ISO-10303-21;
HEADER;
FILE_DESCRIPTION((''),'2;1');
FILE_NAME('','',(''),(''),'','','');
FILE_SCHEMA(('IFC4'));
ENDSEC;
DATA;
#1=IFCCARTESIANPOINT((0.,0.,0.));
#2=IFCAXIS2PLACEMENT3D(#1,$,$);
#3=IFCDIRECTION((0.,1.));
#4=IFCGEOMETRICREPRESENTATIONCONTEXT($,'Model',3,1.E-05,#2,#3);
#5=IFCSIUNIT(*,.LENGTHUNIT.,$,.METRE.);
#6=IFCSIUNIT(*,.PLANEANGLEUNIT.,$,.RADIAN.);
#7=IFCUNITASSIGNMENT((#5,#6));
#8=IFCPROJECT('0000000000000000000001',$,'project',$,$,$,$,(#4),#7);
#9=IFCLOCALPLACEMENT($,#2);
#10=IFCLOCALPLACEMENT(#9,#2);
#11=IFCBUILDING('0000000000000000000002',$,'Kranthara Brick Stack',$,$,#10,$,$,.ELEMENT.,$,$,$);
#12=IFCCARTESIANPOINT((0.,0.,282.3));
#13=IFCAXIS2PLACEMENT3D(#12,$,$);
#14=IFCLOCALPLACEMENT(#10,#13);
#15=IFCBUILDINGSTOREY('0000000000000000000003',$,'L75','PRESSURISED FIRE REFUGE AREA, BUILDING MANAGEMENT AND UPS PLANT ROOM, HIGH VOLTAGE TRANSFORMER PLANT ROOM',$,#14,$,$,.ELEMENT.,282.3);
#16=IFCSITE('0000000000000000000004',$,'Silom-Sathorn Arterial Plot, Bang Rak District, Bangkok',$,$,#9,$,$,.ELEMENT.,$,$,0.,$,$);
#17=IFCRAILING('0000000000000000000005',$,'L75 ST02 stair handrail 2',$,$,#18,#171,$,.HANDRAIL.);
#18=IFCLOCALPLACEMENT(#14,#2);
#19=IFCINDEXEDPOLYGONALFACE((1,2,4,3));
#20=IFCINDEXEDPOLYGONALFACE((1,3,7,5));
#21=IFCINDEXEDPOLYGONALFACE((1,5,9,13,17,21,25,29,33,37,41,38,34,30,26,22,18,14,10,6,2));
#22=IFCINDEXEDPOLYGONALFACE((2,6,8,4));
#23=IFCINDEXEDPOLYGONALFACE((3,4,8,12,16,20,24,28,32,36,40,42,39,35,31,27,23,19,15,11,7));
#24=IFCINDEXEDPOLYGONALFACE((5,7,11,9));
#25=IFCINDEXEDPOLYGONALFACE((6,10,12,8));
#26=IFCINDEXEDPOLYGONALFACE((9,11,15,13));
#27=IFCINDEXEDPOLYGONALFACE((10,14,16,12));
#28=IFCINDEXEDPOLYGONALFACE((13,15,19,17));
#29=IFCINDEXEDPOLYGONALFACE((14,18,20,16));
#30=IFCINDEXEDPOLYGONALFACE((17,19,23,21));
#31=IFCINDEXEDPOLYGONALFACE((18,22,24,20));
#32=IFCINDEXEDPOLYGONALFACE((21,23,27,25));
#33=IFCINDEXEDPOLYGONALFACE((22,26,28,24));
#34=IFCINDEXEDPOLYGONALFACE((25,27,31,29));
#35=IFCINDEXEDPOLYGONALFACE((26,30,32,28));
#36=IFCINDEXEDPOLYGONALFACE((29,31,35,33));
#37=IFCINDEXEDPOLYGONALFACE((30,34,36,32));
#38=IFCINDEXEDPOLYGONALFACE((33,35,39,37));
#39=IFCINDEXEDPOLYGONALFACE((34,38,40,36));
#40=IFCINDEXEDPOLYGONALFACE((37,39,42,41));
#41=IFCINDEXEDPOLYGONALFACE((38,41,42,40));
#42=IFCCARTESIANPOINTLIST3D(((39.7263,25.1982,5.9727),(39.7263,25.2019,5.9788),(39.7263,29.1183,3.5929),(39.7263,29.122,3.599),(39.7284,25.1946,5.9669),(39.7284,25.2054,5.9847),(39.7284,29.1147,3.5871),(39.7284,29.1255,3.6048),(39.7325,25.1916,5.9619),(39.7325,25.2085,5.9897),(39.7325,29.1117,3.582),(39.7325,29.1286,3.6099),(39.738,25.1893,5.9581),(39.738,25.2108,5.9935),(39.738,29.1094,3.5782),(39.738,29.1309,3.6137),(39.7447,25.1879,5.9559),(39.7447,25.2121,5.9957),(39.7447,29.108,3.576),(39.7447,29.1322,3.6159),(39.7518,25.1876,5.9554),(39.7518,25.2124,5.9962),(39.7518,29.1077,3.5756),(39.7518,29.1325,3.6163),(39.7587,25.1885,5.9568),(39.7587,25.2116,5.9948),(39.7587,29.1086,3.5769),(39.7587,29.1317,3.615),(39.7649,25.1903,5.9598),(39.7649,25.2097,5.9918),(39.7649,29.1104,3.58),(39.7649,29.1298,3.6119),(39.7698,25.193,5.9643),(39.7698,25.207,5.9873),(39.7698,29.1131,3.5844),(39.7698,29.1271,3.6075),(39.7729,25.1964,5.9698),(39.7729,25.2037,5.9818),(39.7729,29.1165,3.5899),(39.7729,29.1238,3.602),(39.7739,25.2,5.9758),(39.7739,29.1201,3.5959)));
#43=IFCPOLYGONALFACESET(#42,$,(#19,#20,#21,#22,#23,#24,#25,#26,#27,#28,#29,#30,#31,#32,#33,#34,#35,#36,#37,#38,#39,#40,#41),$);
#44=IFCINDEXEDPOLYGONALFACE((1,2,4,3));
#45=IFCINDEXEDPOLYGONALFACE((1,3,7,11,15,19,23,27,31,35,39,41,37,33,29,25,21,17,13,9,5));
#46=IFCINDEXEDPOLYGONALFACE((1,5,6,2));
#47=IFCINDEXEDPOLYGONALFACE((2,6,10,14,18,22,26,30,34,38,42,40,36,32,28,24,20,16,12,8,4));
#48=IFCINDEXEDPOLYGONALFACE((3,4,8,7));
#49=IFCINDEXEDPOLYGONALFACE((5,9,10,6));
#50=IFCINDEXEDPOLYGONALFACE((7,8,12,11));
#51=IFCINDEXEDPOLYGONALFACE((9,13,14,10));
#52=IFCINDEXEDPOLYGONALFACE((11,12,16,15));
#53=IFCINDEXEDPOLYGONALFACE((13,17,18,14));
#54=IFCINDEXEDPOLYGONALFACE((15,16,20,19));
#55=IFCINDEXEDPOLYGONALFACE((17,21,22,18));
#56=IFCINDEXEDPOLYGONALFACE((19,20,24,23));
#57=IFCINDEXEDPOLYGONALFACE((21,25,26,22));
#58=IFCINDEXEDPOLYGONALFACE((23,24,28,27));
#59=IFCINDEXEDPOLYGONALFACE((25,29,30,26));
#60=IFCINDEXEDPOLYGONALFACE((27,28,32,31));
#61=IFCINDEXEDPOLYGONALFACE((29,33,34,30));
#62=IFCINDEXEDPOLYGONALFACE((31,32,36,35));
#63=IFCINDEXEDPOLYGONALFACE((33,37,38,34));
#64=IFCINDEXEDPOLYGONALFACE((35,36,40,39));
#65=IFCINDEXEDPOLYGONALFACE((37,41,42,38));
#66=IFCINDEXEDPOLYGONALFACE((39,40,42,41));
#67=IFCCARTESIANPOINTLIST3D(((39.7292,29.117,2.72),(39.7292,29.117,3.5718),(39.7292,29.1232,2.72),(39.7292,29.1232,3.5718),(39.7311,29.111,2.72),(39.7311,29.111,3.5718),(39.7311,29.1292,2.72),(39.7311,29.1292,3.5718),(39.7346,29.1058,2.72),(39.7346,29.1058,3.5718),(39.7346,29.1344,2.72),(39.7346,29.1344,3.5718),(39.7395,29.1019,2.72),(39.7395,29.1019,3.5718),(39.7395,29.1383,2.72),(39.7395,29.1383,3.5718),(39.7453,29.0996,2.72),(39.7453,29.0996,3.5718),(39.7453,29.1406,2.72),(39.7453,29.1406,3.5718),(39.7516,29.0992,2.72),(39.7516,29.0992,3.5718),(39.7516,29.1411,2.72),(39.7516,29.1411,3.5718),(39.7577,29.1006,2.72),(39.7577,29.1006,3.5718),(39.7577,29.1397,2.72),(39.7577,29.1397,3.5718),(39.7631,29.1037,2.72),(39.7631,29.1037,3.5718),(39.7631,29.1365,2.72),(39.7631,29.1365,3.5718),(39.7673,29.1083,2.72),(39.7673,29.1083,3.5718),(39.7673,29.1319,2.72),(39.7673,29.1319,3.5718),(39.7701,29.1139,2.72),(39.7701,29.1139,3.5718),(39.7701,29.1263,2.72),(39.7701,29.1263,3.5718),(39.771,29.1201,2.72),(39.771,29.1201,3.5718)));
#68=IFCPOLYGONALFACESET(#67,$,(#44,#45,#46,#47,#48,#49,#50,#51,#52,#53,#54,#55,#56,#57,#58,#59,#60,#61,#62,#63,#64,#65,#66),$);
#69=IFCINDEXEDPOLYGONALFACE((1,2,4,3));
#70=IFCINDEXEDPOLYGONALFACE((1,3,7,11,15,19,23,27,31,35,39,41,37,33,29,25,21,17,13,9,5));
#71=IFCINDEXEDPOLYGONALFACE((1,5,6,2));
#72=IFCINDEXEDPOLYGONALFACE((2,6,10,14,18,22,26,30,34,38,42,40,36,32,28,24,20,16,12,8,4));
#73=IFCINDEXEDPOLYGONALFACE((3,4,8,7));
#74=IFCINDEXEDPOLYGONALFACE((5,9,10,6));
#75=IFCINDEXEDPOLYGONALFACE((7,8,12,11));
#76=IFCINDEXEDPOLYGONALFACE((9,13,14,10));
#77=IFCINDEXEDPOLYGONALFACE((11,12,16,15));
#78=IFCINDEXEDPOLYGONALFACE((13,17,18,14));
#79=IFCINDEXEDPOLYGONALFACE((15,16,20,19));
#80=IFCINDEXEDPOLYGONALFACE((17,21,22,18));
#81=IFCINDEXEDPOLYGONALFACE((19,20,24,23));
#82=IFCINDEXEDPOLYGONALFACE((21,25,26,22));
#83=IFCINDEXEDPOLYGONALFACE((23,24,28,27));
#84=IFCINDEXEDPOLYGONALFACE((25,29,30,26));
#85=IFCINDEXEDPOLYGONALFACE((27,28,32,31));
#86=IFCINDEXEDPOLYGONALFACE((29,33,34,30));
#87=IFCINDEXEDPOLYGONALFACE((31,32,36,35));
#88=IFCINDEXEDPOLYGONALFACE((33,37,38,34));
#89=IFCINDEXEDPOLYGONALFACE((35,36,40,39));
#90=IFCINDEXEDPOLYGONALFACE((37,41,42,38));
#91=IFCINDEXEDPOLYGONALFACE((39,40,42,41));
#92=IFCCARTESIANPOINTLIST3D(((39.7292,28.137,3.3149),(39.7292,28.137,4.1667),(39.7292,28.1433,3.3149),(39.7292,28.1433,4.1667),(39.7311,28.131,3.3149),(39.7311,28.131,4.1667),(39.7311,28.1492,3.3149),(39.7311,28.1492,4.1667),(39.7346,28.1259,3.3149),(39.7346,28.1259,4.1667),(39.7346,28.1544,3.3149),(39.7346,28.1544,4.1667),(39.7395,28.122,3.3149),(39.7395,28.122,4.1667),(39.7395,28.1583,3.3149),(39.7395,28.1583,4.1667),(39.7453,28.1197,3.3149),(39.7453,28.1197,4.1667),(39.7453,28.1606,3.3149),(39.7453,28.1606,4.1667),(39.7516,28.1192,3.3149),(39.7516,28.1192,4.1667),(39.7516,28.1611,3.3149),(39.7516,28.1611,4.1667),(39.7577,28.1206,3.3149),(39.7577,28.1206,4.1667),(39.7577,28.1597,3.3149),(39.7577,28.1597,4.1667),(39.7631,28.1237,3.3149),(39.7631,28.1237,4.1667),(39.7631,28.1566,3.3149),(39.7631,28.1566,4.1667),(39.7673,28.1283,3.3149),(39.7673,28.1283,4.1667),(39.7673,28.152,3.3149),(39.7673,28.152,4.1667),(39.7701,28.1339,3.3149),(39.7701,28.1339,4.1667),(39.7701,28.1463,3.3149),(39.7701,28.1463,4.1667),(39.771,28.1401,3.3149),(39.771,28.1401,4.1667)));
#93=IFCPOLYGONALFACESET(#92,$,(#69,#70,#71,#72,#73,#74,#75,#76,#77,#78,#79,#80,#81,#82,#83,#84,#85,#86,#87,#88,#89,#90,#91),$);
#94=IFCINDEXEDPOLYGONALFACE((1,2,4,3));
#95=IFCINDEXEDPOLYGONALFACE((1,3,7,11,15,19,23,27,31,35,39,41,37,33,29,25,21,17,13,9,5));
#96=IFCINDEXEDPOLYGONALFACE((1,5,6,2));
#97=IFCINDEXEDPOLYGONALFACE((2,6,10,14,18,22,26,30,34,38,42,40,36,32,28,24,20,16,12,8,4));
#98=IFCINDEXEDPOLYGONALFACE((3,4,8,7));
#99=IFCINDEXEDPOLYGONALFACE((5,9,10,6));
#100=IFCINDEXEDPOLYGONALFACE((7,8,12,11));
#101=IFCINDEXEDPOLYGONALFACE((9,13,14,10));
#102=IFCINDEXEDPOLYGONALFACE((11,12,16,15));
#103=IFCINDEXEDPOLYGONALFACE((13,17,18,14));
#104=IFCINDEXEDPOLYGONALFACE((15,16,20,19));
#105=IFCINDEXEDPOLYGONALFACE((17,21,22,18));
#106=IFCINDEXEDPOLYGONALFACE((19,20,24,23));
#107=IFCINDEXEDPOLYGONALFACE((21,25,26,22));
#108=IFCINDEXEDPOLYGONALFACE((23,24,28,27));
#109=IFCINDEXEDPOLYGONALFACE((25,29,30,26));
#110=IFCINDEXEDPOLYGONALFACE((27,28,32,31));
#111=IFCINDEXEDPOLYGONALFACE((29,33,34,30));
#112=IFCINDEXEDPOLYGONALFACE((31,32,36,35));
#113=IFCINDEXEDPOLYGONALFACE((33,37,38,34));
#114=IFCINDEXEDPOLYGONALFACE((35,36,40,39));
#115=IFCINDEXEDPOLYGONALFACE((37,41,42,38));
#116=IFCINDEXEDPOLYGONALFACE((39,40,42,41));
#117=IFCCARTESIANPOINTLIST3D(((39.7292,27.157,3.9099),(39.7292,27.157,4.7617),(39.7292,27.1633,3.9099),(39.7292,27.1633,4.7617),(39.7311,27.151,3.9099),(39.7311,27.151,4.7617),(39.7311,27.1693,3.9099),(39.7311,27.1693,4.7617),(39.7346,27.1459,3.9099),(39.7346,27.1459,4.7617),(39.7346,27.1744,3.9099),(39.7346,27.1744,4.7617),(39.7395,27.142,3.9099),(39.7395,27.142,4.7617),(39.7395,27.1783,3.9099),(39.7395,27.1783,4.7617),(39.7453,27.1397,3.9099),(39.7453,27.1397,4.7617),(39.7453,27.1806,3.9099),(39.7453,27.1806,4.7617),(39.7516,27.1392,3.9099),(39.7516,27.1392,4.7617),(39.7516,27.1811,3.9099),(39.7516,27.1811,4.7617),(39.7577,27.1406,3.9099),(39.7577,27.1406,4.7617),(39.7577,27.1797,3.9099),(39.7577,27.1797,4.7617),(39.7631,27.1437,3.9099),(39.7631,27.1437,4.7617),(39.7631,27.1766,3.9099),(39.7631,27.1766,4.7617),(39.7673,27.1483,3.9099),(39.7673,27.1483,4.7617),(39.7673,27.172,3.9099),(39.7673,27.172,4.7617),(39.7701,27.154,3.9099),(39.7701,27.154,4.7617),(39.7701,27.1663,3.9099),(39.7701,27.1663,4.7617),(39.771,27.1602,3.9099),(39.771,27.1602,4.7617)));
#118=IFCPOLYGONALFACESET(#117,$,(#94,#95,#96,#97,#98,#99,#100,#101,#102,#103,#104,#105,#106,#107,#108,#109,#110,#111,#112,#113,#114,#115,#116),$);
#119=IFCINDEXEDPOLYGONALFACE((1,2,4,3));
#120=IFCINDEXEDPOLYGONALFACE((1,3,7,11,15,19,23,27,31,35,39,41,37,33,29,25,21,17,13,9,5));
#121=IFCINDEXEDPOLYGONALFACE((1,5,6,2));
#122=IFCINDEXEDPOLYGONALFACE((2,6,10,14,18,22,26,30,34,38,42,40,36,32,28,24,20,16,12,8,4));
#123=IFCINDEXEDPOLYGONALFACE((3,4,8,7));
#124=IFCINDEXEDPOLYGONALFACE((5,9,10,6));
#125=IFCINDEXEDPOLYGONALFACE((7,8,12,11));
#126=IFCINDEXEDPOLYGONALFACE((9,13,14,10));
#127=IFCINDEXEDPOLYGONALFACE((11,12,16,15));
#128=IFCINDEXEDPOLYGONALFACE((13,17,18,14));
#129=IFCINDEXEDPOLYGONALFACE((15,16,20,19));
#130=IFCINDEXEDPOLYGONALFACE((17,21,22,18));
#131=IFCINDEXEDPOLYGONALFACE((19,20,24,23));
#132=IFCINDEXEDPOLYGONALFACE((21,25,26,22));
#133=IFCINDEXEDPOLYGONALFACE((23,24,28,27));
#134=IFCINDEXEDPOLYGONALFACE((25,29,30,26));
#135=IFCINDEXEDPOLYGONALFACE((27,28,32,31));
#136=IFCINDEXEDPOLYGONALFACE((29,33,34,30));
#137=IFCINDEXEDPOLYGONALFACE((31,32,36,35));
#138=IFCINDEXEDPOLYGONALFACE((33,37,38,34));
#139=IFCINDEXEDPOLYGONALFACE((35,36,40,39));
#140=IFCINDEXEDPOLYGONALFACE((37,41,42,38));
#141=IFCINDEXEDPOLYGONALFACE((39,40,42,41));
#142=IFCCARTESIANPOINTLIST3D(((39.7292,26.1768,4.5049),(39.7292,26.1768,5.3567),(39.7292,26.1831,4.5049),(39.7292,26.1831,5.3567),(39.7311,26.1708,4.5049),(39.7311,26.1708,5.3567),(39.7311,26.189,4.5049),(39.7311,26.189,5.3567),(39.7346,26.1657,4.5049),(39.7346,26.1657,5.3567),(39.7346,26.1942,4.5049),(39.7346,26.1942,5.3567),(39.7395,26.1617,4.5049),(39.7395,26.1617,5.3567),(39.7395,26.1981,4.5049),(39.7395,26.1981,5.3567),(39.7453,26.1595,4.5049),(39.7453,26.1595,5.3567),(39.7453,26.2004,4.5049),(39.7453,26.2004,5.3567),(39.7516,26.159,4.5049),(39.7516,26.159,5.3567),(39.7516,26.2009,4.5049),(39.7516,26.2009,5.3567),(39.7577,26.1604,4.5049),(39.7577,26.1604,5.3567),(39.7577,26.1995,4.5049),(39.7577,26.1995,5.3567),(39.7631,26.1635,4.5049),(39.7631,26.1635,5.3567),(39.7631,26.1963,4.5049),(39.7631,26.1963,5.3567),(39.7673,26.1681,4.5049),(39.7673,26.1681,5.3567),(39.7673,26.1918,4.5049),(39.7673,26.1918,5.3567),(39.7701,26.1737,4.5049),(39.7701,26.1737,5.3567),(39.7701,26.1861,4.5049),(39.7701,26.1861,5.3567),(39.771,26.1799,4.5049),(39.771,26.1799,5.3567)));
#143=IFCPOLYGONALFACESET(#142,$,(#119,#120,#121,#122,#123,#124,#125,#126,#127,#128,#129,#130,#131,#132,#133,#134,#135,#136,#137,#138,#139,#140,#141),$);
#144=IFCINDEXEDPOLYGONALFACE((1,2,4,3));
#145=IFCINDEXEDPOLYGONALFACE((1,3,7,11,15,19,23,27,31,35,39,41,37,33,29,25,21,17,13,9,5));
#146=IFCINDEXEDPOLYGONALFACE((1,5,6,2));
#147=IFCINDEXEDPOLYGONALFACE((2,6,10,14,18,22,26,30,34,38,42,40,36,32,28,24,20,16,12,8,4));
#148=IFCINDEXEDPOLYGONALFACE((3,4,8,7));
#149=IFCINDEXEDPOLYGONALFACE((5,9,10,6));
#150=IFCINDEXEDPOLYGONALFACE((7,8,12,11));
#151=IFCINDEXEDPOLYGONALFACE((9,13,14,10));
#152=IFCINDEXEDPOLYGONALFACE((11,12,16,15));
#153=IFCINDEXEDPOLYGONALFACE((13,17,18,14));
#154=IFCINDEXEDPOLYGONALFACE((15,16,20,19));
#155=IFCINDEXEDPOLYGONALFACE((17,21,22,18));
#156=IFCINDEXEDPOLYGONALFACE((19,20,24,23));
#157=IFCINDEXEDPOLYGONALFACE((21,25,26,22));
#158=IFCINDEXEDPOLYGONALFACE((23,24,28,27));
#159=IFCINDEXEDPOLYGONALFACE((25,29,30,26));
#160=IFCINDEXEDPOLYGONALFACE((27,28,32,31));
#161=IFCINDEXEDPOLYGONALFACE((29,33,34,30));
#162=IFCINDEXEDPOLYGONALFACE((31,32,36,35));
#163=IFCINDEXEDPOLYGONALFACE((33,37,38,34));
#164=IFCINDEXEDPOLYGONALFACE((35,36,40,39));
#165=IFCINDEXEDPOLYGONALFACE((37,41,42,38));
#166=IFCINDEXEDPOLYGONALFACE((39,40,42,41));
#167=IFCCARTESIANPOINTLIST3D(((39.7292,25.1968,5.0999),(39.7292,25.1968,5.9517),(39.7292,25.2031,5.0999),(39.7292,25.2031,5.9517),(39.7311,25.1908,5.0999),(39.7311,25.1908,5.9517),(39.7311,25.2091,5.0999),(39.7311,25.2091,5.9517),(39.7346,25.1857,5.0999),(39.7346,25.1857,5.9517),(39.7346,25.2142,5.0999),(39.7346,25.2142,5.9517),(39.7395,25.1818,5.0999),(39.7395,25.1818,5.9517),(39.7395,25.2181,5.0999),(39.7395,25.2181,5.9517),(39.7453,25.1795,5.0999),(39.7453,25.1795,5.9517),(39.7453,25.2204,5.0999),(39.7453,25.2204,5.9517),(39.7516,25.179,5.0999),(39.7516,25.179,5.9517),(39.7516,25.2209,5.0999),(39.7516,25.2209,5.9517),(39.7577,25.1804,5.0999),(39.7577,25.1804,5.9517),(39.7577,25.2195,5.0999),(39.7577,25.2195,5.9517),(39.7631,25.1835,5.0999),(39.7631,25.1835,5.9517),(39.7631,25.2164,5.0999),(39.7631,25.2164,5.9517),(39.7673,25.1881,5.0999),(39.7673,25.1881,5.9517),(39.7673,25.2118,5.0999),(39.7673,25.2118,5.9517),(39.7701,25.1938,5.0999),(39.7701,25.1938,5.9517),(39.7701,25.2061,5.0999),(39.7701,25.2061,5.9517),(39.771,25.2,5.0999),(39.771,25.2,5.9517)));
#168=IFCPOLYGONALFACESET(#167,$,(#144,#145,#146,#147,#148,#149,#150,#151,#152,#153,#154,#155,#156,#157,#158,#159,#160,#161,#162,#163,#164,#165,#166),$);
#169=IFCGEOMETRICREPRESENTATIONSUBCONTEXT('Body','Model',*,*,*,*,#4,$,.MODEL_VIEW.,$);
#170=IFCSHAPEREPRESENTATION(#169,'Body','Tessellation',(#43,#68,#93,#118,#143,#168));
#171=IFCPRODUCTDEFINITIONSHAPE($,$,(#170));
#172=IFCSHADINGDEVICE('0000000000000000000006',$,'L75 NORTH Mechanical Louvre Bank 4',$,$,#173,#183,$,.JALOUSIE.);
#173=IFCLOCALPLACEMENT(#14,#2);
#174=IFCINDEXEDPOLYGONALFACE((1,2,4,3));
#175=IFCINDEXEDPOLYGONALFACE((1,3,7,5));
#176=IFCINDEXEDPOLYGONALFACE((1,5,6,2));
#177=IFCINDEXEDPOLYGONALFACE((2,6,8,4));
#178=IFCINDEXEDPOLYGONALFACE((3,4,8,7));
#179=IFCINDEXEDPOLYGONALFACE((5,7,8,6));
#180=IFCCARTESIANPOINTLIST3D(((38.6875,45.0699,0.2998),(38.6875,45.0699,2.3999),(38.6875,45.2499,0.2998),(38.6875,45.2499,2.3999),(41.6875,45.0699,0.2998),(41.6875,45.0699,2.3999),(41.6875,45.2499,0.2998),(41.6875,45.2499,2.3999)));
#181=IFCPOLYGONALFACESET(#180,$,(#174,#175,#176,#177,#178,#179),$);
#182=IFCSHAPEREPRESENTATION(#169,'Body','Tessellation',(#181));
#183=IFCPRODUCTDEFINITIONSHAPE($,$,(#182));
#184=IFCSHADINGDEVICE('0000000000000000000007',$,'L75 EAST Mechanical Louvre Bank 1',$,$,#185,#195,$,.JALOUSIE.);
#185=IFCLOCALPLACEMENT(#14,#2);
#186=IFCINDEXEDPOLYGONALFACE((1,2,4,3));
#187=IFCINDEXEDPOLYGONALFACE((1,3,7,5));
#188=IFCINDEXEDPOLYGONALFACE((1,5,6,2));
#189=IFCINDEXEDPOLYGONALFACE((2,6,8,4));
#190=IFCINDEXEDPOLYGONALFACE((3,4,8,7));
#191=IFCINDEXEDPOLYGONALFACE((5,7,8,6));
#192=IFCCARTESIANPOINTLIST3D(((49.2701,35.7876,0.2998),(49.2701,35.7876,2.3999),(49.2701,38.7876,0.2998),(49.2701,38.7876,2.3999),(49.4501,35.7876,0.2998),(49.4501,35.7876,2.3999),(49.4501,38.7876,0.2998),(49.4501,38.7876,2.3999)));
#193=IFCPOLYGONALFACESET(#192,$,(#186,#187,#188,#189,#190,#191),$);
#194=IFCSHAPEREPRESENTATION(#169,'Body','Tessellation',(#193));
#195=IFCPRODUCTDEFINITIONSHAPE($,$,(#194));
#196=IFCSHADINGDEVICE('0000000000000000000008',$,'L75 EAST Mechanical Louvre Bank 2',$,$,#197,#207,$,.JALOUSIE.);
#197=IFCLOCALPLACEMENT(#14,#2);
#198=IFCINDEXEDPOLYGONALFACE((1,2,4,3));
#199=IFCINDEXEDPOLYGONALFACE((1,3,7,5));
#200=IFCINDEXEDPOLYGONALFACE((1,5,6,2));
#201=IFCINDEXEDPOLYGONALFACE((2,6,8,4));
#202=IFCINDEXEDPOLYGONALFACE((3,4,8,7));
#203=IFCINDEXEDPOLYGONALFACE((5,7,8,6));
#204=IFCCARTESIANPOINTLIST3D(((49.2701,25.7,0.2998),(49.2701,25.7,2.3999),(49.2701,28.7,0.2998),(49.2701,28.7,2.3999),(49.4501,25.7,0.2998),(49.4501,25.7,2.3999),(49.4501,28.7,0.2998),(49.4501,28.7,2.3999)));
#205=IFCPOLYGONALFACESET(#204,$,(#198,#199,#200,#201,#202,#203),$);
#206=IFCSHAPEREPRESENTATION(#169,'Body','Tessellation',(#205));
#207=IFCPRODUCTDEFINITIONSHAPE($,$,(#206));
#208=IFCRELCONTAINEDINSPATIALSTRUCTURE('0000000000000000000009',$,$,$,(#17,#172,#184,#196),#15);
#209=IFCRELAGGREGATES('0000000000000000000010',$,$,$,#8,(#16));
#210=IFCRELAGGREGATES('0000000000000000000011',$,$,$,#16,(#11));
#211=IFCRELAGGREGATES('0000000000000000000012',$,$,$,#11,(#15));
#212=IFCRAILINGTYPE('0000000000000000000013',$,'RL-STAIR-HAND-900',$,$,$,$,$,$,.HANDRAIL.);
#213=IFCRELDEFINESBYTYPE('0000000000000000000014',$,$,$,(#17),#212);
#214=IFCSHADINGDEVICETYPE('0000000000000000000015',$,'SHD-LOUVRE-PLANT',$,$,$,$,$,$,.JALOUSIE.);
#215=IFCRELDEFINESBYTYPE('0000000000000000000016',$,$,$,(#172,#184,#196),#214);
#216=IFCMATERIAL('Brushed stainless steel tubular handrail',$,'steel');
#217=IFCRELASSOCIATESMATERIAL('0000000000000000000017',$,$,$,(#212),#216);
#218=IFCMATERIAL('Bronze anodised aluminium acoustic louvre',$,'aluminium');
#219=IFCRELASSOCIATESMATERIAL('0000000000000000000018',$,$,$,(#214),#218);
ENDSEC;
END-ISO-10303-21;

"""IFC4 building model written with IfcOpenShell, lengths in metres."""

from ifc_helpers import new_model, si_unit, direction, frame, origin, origin_2d, place, context, subcontext, project, spatial, rectangle, circle, extrude, material, type_object, element, save


model = new_model("IFC4")

# Units and contexts
model_context = context("Model", 3, precision=1e-05, world=origin(), true_north=direction((0.0, 1.0)))
body_context = subcontext(model_context, "Body", "Model", "MODEL_VIEW")
ifc_project = project(units=[si_unit("LENGTHUNIT", "METRE"), si_unit("PLANEANGLEUNIT", "RADIAN")], contexts=[model_context])

# Site, building, storey
site_placement = place(None, origin())
site = spatial("IfcSite", under=ifc_project, at=site_placement, Name="Silom-Sathorn Arterial Plot, Bang Rak District, Bangkok", CompositionType="ELEMENT", RefElevation=0.0)
building_placement = place(site_placement, origin())
building = spatial("IfcBuilding", under=site, at=building_placement, Name="Kranthara Brick Stack", CompositionType="ELEMENT")
storey_placement = place(building_placement, frame((0.0, 0.0, 282.3)))
storey = spatial("IfcBuildingStorey", under=building, at=storey_placement, Name="L75", Description="PRESSURISED FIRE REFUGE AREA, BUILDING MANAGEMENT AND UPS PLANT ROOM, HIGH VOLTAGE TRANSFORMER PLANT ROOM", CompositionType="ELEMENT", Elevation=282.3)

# Railing
ifc_material_1 = material(Name="Brushed stainless steel tubular handrail", Category="steel")
railing_type_1 = type_object("IfcRailingType", Name="RL-STAIR-HAND-900", PredefinedType="HANDRAIL", material=ifc_material_1)
railing_1_placement = place(storey_placement, frame((39.75, 29.1201, 2.72)))
element("IfcRailing", 1, at=railing_1_placement, inside=storey, type_object=railing_type_1, Name="L75 ST02 stair handrail 2", PredefinedType="HANDRAIL", context=body_context, shape_type="SweptSolid", body=[
    extrude(circle(Radius=0.0239, at=origin_2d()), frame((0.0, 0.0, 0.876), z_axis=(0.0, -0.854809, 0.518943), x_axis=(1.0, 0.0, 0.0)), (0.0, 0.0, 1.0), 4.5859),
    extrude(circle(Radius=0.021, at=origin_2d()), origin(), (0.0, 0.0, 1.0), 0.8518),
    extrude(circle(Radius=0.021, at=origin_2d()), frame((0.0, -0.98, 0.595)), (0.0, 0.0, 1.0), 0.8518),
    extrude(circle(Radius=0.021, at=origin_2d()), frame((0.0, -1.96, 1.1899)), (0.0, 0.0, 1.0), 0.8518),
    extrude(circle(Radius=0.021, at=origin_2d()), frame((0.0, -2.9402, 1.7849)), (0.0, 0.0, 1.0), 0.8518),
    extrude(circle(Radius=0.021, at=origin_2d()), frame((0.0, -3.9202, 2.3799)), (0.0, 0.0, 1.0), 0.8518),
])

# Shading devices
ifc_material_2 = material(Name="Bronze anodised aluminium acoustic louvre", Category="aluminium")
shading_device_type = type_object("IfcShadingDeviceType", Name="SHD-LOUVRE-PLANT", PredefinedType="JALOUSIE", material=ifc_material_2)
for number, where, z_axis, x_axis, name in (
    (2, (40.1875, 45.1599, 0.2998), (0.0, 0.0, 1.0), (1.0, 0.0, 0.0), "L75 NORTH Mechanical Louvre Bank 4"),
    (3, (49.3601, 37.2876, 0.2998), (0.0, 0.0, 1.0), (0.0, -1.0, 0.0), "L75 EAST Mechanical Louvre Bank 1"),
    (4, (49.3601, 27.2, 0.2998), (0.0, 0.0, 1.0), (0.0, -1.0, 0.0), "L75 EAST Mechanical Louvre Bank 2"),
):
    element("IfcShadingDevice", number, at=place(storey_placement, frame(where, z_axis=z_axis, x_axis=x_axis)), inside=storey, type_object=shading_device_type, Name=name, PredefinedType="JALOUSIE", context=body_context, shape_type="SweptSolid", body=[
        extrude(rectangle(XDim=3.0, YDim=0.1799, at=origin_2d()), origin(), (0.0, 0.0, 1.0), 2.1001),
    ])

save(model, "model.ifc")
